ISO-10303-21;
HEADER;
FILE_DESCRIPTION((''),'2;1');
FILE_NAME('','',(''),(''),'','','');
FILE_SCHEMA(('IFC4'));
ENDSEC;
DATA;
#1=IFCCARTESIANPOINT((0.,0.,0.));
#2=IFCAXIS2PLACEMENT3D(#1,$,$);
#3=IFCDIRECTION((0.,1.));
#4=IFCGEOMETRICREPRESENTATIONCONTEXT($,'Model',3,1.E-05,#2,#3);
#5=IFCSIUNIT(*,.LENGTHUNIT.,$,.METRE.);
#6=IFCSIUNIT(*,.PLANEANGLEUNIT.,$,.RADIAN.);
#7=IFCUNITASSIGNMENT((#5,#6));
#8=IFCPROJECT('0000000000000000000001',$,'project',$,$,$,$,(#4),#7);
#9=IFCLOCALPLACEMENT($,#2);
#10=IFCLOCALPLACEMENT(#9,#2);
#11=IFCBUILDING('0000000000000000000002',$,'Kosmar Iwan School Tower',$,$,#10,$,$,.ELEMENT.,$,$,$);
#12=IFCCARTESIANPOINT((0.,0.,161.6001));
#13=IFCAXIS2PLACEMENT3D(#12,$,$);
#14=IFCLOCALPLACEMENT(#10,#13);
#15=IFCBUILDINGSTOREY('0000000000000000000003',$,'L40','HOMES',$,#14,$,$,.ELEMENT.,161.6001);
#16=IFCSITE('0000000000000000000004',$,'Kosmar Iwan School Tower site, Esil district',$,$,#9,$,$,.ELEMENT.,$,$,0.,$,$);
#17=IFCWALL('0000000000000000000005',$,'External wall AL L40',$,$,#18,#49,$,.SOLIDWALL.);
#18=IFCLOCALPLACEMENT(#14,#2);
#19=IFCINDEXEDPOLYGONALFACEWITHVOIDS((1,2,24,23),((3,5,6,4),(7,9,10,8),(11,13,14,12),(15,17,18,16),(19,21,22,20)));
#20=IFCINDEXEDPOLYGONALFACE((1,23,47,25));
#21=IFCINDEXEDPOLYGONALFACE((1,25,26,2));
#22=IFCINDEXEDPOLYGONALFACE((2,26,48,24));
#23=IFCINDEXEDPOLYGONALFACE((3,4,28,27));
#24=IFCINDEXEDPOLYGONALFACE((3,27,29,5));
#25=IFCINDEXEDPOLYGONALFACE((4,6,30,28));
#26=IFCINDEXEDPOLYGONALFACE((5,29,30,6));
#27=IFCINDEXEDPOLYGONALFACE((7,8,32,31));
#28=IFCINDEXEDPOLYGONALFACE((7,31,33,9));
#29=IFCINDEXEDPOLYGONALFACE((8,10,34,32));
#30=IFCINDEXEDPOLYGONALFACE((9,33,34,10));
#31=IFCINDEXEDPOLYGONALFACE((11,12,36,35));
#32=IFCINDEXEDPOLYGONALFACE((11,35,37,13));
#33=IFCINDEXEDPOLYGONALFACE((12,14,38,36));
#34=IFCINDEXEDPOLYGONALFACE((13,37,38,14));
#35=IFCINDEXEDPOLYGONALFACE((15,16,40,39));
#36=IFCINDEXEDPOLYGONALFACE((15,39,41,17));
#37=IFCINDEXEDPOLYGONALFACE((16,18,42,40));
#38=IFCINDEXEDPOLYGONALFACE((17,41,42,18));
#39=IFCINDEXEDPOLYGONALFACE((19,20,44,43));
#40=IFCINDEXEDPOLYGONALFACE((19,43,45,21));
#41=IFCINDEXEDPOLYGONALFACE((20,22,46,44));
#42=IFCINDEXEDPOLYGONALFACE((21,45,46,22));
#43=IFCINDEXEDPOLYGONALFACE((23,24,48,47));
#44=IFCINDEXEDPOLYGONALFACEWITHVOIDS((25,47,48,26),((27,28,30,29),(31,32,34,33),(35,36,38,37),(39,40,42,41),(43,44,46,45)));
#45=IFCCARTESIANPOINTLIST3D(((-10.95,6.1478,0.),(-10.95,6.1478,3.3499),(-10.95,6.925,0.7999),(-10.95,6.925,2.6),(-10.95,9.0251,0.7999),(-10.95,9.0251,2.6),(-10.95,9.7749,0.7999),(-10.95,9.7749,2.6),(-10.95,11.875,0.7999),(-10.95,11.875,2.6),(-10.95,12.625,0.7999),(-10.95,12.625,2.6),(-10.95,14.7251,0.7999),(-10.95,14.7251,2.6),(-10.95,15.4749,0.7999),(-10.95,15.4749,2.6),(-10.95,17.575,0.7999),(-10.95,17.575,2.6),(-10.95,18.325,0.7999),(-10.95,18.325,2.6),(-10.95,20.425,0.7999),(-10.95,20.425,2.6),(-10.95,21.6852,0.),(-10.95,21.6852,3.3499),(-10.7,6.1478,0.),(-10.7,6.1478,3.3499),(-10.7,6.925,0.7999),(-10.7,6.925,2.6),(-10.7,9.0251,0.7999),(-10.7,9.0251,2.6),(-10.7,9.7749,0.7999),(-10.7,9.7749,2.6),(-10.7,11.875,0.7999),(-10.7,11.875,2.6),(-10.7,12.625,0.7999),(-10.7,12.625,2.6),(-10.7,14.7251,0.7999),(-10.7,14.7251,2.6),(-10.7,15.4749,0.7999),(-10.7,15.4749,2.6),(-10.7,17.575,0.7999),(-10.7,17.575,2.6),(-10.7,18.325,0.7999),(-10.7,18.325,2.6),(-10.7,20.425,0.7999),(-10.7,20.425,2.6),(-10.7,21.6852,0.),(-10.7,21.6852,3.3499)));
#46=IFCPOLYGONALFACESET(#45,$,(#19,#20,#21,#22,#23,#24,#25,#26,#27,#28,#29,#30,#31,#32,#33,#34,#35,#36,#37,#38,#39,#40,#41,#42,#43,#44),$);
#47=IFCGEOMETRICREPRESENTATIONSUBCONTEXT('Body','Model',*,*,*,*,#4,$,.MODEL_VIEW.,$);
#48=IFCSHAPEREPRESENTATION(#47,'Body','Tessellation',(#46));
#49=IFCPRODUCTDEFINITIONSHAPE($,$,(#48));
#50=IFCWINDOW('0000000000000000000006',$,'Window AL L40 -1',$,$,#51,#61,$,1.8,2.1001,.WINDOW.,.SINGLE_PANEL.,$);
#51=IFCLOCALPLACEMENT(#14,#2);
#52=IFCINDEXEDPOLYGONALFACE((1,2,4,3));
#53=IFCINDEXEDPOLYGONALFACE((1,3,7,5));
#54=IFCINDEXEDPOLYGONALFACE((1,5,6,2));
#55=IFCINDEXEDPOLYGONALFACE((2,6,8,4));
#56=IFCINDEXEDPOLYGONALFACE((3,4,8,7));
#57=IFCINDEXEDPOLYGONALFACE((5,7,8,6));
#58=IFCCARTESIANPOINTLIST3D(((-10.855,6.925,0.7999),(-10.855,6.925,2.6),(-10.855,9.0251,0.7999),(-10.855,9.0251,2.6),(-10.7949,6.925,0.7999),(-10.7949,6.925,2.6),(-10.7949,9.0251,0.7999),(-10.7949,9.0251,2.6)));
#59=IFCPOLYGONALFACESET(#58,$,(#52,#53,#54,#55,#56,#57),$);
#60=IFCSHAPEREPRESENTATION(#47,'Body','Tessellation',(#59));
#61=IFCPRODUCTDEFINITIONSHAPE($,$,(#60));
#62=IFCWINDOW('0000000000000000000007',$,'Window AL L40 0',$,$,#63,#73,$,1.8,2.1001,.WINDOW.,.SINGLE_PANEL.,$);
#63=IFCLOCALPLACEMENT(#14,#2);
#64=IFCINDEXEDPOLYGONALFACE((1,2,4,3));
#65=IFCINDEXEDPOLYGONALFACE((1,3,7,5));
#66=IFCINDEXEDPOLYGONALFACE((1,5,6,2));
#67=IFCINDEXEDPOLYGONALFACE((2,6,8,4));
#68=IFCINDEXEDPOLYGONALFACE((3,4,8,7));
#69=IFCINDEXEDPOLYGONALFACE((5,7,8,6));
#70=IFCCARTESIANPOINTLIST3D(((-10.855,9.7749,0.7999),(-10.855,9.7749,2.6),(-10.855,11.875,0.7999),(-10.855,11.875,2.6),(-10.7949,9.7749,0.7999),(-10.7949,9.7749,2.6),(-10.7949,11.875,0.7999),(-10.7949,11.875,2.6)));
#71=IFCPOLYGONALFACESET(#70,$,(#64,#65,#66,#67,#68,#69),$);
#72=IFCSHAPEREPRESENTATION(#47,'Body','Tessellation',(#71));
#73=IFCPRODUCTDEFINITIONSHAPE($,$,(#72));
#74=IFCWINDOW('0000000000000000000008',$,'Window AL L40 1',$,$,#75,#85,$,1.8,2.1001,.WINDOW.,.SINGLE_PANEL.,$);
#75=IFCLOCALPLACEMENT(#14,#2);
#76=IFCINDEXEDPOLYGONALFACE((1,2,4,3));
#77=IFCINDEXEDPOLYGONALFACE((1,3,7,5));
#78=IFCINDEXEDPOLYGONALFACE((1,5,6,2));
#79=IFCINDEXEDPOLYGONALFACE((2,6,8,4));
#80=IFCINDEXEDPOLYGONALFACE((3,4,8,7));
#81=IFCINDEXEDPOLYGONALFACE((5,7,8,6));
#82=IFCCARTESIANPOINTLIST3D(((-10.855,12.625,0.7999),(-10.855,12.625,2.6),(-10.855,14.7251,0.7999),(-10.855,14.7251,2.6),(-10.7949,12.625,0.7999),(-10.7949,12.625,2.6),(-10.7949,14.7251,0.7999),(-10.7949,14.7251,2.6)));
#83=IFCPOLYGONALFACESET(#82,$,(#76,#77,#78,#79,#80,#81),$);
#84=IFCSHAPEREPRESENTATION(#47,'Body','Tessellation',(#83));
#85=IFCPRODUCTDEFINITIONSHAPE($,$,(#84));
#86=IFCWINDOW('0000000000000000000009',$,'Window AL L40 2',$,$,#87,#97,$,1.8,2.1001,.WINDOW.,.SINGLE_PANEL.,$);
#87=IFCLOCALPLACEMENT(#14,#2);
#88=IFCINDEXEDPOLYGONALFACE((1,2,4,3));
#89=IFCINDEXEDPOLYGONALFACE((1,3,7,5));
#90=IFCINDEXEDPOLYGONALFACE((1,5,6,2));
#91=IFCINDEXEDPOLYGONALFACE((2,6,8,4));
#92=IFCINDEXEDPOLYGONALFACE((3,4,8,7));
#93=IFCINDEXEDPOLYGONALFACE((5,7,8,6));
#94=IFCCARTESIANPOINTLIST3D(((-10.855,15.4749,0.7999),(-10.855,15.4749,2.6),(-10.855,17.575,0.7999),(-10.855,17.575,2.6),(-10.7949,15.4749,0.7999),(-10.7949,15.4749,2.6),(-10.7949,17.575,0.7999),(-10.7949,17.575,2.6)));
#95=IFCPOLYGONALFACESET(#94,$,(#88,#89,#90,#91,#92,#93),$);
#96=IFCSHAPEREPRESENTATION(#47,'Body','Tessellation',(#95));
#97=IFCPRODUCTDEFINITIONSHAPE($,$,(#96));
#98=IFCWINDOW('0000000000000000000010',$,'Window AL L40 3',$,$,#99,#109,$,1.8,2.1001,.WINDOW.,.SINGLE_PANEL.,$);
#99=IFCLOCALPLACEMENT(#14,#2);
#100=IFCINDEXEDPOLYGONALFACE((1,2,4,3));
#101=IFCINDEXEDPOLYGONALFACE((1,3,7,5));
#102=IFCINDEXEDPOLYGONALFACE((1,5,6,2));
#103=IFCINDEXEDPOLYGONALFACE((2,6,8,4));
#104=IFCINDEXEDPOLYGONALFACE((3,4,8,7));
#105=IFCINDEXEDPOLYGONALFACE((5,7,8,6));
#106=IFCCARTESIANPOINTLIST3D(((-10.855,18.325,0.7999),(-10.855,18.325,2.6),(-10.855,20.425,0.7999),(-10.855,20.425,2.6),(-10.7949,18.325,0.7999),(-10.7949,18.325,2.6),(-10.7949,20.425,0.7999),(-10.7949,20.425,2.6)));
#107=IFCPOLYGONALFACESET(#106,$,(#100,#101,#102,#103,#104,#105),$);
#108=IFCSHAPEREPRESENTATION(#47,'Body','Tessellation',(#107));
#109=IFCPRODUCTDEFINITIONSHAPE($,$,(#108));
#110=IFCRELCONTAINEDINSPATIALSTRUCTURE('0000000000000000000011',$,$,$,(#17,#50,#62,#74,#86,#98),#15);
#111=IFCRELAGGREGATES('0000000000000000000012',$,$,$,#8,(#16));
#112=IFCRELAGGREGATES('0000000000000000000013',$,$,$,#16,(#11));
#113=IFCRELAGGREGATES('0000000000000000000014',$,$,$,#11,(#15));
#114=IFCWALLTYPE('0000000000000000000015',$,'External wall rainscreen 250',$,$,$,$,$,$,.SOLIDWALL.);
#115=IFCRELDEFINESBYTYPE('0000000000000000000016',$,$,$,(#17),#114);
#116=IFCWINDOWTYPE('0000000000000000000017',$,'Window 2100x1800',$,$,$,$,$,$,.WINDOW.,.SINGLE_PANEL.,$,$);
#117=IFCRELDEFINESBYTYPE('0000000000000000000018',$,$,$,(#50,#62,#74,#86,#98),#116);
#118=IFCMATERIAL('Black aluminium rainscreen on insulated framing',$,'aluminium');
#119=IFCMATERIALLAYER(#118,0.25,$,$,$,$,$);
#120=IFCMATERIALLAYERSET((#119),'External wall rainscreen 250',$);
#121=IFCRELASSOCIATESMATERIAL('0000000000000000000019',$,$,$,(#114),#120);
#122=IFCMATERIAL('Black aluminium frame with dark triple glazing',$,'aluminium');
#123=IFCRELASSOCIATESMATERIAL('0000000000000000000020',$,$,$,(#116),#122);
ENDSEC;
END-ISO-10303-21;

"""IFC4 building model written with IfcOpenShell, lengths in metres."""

from ifc_helpers import new_model, si_unit, direction, frame, frame_2d, origin, place, context, subcontext, project, spatial, rectangle, extrude, material, layer, layer_set, type_object, element, fill, save


model = new_model("IFC4")

# Units and contexts
model_context = context("Model", 3, precision=1e-05, world=origin(), true_north=direction((0.0, 1.0)))
body_context = subcontext(model_context, "Body", "Model", "MODEL_VIEW")
ifc_project = project(units=[si_unit("LENGTHUNIT", "METRE"), si_unit("PLANEANGLEUNIT", "RADIAN")], contexts=[model_context])

# Site, building, storey
site_placement = place(None, origin())
site = spatial("IfcSite", under=ifc_project, at=site_placement, Name="Kosmar Iwan School Tower site, Esil district", CompositionType="ELEMENT", RefElevation=0.0)
building_placement = place(site_placement, origin())
building = spatial("IfcBuilding", under=site, at=building_placement, Name="Kosmar Iwan School Tower", CompositionType="ELEMENT")
storey_placement = place(building_placement, frame((0.0, 0.0, 161.6001)))
storey = spatial("IfcBuildingStorey", under=building, at=storey_placement, Name="L40", Description="HOMES", CompositionType="ELEMENT", Elevation=161.6001)

# Wall, openings, windows
ifc_material_1 = material(Name="Black aluminium rainscreen on insulated framing", Category="aluminium")
ifc_layer = layer(ifc_material_1, 0.25)
ifc_layer_set = layer_set([ifc_layer], Name="External wall rainscreen 250")
wall_type = type_object("IfcWallType", Name="External wall rainscreen 250", PredefinedType="SOLIDWALL", material=ifc_layer_set)
wall_1_placement = place(storey_placement, frame((-10.825, 6.1479, 0.0), z_axis=(0.0, 0.0, 1.0), x_axis=(0.0, 1.0, 0.0)))
wall_1 = element("IfcWall", 1, at=wall_1_placement, inside=storey, type_object=wall_type, Name="External wall AL L40", PredefinedType="SOLIDWALL", context=body_context, shape_type="SweptSolid", body=[
    extrude(rectangle(XDim=15.5374, YDim=0.25, at=frame_2d((7.7686, 0.0))), origin(), (0.0, 0.0, 1.0), 3.3499),
])
opening_1_placement = place(wall_1_placement, frame((0.7771, 0.0, 0.8)))
opening_1 = element("IfcOpeningElement", 2, at=opening_1_placement, cuts=wall_1, PredefinedType="OPENING", context=body_context, shape_type="SweptSolid", body=[
    extrude(rectangle(XDim=2.1001, YDim=1.8, at=frame_2d((1.05, 0.8999))), frame((0.0, 0.137, 0.0), z_axis=(0.0, -1.0, 0.0), x_axis=(1.0, 0.0, 0.0)), (0.0, 0.0, 1.0), 0.2739),
])
opening_2_placement = place(wall_1_placement, frame((3.627, 0.0, 0.8)))
opening_2 = element("IfcOpeningElement", 3, at=opening_2_placement, cuts=wall_1, PredefinedType="OPENING", context=body_context, shape_type="SweptSolid", body=[
    extrude(rectangle(XDim=2.1001, YDim=1.8, at=frame_2d((1.05, 0.8999))), frame((0.0, 0.137, 0.0), z_axis=(0.0, -1.0, 0.0), x_axis=(1.0, 0.0, 0.0)), (0.0, 0.0, 1.0), 0.2739),
])
opening_3_placement = place(wall_1_placement, frame((6.4771, 0.0, 0.8)))
opening_3 = element("IfcOpeningElement", 4, at=opening_3_placement, cuts=wall_1, PredefinedType="OPENING", context=body_context, shape_type="SweptSolid", body=[
    extrude(rectangle(XDim=2.1001, YDim=1.8, at=frame_2d((1.05, 0.8999))), frame((0.0, 0.137, 0.0), z_axis=(0.0, -1.0, 0.0), x_axis=(1.0, 0.0, 0.0)), (0.0, 0.0, 1.0), 0.2739),
])
opening_4_placement = place(wall_1_placement, frame((9.3269, 0.0, 0.8)))
opening_4 = element("IfcOpeningElement", 5, at=opening_4_placement, cuts=wall_1, PredefinedType="OPENING", context=body_context, shape_type="SweptSolid", body=[
    extrude(rectangle(XDim=2.1001, YDim=1.8, at=frame_2d((1.05, 0.8999))), frame((0.0, 0.137, 0.0), z_axis=(0.0, -1.0, 0.0), x_axis=(1.0, 0.0, 0.0)), (0.0, 0.0, 1.0), 0.2739),
])
opening_5_placement = place(wall_1_placement, frame((12.177, 0.0, 0.8)))
opening_5 = element("IfcOpeningElement", 6, at=opening_5_placement, cuts=wall_1, PredefinedType="OPENING", context=body_context, shape_type="SweptSolid", body=[
    extrude(rectangle(XDim=2.1001, YDim=1.8, at=frame_2d((1.05, 0.8999))), frame((0.0, 0.137, 0.0), z_axis=(0.0, -1.0, 0.0), x_axis=(1.0, 0.0, 0.0)), (0.0, 0.0, 1.0), 0.2739),
])
ifc_material_2 = material(Name="Black aluminium frame with dark triple glazing", Category="aluminium")
window_type = type_object("IfcWindowType", Name="Window 2100x1800", PartitioningType="SINGLE_PANEL", PredefinedType="WINDOW", material=ifc_material_2)
window_1_placement = place(opening_1_placement, origin())
window_1 = element("IfcWindow", 7, at=window_1_placement, inside=storey, type_object=window_type, Name="Window AL L40 -1", OverallHeight=1.8, OverallWidth=2.1001, PartitioningType="SINGLE_PANEL", PredefinedType="WINDOW", context=body_context, shape_type="SweptSolid", body=[
    extrude(rectangle(XDim=2.1001, YDim=1.8, at=frame_2d((1.05, 0.8999))), frame((0.0, 0.03, 0.0), z_axis=(0.0, -1.0, 0.0), x_axis=(1.0, 0.0, 0.0)), (0.0, 0.0, 1.0), 0.0601),
])
fill(opening_1, window_1)
window_2_placement = place(opening_2_placement, origin())
window_2 = element("IfcWindow", 8, at=window_2_placement, inside=storey, type_object=window_type, Name="Window AL L40 0", OverallHeight=1.8, OverallWidth=2.1001, PartitioningType="SINGLE_PANEL", PredefinedType="WINDOW", context=body_context, shape_type="SweptSolid", body=[
    extrude(rectangle(XDim=2.1001, YDim=1.8, at=frame_2d((1.05, 0.8999))), frame((0.0, 0.03, 0.0), z_axis=(0.0, -1.0, 0.0), x_axis=(1.0, 0.0, 0.0)), (0.0, 0.0, 1.0), 0.0601),
])
fill(opening_2, window_2)
window_3_placement = place(opening_3_placement, origin())
window_3 = element("IfcWindow", 9, at=window_3_placement, inside=storey, type_object=window_type, Name="Window AL L40 1", OverallHeight=1.8, OverallWidth=2.1001, PartitioningType="SINGLE_PANEL", PredefinedType="WINDOW", context=body_context, shape_type="SweptSolid", body=[
    extrude(rectangle(XDim=2.1001, YDim=1.8, at=frame_2d((1.05, 0.8999))), frame((0.0, 0.03, 0.0), z_axis=(0.0, -1.0, 0.0), x_axis=(1.0, 0.0, 0.0)), (0.0, 0.0, 1.0), 0.0601),
])
fill(opening_3, window_3)
window_4_placement = place(opening_4_placement, origin())
window_4 = element("IfcWindow", 10, at=window_4_placement, inside=storey, type_object=window_type, Name="Window AL L40 2", OverallHeight=1.8, OverallWidth=2.1001, PartitioningType="SINGLE_PANEL", PredefinedType="WINDOW", context=body_context, shape_type="SweptSolid", body=[
    extrude(rectangle(XDim=2.1001, YDim=1.8, at=frame_2d((1.05, 0.8999))), frame((0.0, 0.03, 0.0), z_axis=(0.0, -1.0, 0.0), x_axis=(1.0, 0.0, 0.0)), (0.0, 0.0, 1.0), 0.0601),
])
fill(opening_4, window_4)
window_5_placement = place(opening_5_placement, origin())
window_5 = element("IfcWindow", 11, at=window_5_placement, inside=storey, type_object=window_type, Name="Window AL L40 3", OverallHeight=1.8, OverallWidth=2.1001, PartitioningType="SINGLE_PANEL", PredefinedType="WINDOW", context=body_context, shape_type="SweptSolid", body=[
    extrude(rectangle(XDim=2.1001, YDim=1.8, at=frame_2d((1.05, 0.8999))), frame((0.0, 0.03, 0.0), z_axis=(0.0, -1.0, 0.0), x_axis=(1.0, 0.0, 0.0)), (0.0, 0.0, 1.0), 0.0601),
])
fill(opening_5, window_5)

save(model, "model.ifc")
